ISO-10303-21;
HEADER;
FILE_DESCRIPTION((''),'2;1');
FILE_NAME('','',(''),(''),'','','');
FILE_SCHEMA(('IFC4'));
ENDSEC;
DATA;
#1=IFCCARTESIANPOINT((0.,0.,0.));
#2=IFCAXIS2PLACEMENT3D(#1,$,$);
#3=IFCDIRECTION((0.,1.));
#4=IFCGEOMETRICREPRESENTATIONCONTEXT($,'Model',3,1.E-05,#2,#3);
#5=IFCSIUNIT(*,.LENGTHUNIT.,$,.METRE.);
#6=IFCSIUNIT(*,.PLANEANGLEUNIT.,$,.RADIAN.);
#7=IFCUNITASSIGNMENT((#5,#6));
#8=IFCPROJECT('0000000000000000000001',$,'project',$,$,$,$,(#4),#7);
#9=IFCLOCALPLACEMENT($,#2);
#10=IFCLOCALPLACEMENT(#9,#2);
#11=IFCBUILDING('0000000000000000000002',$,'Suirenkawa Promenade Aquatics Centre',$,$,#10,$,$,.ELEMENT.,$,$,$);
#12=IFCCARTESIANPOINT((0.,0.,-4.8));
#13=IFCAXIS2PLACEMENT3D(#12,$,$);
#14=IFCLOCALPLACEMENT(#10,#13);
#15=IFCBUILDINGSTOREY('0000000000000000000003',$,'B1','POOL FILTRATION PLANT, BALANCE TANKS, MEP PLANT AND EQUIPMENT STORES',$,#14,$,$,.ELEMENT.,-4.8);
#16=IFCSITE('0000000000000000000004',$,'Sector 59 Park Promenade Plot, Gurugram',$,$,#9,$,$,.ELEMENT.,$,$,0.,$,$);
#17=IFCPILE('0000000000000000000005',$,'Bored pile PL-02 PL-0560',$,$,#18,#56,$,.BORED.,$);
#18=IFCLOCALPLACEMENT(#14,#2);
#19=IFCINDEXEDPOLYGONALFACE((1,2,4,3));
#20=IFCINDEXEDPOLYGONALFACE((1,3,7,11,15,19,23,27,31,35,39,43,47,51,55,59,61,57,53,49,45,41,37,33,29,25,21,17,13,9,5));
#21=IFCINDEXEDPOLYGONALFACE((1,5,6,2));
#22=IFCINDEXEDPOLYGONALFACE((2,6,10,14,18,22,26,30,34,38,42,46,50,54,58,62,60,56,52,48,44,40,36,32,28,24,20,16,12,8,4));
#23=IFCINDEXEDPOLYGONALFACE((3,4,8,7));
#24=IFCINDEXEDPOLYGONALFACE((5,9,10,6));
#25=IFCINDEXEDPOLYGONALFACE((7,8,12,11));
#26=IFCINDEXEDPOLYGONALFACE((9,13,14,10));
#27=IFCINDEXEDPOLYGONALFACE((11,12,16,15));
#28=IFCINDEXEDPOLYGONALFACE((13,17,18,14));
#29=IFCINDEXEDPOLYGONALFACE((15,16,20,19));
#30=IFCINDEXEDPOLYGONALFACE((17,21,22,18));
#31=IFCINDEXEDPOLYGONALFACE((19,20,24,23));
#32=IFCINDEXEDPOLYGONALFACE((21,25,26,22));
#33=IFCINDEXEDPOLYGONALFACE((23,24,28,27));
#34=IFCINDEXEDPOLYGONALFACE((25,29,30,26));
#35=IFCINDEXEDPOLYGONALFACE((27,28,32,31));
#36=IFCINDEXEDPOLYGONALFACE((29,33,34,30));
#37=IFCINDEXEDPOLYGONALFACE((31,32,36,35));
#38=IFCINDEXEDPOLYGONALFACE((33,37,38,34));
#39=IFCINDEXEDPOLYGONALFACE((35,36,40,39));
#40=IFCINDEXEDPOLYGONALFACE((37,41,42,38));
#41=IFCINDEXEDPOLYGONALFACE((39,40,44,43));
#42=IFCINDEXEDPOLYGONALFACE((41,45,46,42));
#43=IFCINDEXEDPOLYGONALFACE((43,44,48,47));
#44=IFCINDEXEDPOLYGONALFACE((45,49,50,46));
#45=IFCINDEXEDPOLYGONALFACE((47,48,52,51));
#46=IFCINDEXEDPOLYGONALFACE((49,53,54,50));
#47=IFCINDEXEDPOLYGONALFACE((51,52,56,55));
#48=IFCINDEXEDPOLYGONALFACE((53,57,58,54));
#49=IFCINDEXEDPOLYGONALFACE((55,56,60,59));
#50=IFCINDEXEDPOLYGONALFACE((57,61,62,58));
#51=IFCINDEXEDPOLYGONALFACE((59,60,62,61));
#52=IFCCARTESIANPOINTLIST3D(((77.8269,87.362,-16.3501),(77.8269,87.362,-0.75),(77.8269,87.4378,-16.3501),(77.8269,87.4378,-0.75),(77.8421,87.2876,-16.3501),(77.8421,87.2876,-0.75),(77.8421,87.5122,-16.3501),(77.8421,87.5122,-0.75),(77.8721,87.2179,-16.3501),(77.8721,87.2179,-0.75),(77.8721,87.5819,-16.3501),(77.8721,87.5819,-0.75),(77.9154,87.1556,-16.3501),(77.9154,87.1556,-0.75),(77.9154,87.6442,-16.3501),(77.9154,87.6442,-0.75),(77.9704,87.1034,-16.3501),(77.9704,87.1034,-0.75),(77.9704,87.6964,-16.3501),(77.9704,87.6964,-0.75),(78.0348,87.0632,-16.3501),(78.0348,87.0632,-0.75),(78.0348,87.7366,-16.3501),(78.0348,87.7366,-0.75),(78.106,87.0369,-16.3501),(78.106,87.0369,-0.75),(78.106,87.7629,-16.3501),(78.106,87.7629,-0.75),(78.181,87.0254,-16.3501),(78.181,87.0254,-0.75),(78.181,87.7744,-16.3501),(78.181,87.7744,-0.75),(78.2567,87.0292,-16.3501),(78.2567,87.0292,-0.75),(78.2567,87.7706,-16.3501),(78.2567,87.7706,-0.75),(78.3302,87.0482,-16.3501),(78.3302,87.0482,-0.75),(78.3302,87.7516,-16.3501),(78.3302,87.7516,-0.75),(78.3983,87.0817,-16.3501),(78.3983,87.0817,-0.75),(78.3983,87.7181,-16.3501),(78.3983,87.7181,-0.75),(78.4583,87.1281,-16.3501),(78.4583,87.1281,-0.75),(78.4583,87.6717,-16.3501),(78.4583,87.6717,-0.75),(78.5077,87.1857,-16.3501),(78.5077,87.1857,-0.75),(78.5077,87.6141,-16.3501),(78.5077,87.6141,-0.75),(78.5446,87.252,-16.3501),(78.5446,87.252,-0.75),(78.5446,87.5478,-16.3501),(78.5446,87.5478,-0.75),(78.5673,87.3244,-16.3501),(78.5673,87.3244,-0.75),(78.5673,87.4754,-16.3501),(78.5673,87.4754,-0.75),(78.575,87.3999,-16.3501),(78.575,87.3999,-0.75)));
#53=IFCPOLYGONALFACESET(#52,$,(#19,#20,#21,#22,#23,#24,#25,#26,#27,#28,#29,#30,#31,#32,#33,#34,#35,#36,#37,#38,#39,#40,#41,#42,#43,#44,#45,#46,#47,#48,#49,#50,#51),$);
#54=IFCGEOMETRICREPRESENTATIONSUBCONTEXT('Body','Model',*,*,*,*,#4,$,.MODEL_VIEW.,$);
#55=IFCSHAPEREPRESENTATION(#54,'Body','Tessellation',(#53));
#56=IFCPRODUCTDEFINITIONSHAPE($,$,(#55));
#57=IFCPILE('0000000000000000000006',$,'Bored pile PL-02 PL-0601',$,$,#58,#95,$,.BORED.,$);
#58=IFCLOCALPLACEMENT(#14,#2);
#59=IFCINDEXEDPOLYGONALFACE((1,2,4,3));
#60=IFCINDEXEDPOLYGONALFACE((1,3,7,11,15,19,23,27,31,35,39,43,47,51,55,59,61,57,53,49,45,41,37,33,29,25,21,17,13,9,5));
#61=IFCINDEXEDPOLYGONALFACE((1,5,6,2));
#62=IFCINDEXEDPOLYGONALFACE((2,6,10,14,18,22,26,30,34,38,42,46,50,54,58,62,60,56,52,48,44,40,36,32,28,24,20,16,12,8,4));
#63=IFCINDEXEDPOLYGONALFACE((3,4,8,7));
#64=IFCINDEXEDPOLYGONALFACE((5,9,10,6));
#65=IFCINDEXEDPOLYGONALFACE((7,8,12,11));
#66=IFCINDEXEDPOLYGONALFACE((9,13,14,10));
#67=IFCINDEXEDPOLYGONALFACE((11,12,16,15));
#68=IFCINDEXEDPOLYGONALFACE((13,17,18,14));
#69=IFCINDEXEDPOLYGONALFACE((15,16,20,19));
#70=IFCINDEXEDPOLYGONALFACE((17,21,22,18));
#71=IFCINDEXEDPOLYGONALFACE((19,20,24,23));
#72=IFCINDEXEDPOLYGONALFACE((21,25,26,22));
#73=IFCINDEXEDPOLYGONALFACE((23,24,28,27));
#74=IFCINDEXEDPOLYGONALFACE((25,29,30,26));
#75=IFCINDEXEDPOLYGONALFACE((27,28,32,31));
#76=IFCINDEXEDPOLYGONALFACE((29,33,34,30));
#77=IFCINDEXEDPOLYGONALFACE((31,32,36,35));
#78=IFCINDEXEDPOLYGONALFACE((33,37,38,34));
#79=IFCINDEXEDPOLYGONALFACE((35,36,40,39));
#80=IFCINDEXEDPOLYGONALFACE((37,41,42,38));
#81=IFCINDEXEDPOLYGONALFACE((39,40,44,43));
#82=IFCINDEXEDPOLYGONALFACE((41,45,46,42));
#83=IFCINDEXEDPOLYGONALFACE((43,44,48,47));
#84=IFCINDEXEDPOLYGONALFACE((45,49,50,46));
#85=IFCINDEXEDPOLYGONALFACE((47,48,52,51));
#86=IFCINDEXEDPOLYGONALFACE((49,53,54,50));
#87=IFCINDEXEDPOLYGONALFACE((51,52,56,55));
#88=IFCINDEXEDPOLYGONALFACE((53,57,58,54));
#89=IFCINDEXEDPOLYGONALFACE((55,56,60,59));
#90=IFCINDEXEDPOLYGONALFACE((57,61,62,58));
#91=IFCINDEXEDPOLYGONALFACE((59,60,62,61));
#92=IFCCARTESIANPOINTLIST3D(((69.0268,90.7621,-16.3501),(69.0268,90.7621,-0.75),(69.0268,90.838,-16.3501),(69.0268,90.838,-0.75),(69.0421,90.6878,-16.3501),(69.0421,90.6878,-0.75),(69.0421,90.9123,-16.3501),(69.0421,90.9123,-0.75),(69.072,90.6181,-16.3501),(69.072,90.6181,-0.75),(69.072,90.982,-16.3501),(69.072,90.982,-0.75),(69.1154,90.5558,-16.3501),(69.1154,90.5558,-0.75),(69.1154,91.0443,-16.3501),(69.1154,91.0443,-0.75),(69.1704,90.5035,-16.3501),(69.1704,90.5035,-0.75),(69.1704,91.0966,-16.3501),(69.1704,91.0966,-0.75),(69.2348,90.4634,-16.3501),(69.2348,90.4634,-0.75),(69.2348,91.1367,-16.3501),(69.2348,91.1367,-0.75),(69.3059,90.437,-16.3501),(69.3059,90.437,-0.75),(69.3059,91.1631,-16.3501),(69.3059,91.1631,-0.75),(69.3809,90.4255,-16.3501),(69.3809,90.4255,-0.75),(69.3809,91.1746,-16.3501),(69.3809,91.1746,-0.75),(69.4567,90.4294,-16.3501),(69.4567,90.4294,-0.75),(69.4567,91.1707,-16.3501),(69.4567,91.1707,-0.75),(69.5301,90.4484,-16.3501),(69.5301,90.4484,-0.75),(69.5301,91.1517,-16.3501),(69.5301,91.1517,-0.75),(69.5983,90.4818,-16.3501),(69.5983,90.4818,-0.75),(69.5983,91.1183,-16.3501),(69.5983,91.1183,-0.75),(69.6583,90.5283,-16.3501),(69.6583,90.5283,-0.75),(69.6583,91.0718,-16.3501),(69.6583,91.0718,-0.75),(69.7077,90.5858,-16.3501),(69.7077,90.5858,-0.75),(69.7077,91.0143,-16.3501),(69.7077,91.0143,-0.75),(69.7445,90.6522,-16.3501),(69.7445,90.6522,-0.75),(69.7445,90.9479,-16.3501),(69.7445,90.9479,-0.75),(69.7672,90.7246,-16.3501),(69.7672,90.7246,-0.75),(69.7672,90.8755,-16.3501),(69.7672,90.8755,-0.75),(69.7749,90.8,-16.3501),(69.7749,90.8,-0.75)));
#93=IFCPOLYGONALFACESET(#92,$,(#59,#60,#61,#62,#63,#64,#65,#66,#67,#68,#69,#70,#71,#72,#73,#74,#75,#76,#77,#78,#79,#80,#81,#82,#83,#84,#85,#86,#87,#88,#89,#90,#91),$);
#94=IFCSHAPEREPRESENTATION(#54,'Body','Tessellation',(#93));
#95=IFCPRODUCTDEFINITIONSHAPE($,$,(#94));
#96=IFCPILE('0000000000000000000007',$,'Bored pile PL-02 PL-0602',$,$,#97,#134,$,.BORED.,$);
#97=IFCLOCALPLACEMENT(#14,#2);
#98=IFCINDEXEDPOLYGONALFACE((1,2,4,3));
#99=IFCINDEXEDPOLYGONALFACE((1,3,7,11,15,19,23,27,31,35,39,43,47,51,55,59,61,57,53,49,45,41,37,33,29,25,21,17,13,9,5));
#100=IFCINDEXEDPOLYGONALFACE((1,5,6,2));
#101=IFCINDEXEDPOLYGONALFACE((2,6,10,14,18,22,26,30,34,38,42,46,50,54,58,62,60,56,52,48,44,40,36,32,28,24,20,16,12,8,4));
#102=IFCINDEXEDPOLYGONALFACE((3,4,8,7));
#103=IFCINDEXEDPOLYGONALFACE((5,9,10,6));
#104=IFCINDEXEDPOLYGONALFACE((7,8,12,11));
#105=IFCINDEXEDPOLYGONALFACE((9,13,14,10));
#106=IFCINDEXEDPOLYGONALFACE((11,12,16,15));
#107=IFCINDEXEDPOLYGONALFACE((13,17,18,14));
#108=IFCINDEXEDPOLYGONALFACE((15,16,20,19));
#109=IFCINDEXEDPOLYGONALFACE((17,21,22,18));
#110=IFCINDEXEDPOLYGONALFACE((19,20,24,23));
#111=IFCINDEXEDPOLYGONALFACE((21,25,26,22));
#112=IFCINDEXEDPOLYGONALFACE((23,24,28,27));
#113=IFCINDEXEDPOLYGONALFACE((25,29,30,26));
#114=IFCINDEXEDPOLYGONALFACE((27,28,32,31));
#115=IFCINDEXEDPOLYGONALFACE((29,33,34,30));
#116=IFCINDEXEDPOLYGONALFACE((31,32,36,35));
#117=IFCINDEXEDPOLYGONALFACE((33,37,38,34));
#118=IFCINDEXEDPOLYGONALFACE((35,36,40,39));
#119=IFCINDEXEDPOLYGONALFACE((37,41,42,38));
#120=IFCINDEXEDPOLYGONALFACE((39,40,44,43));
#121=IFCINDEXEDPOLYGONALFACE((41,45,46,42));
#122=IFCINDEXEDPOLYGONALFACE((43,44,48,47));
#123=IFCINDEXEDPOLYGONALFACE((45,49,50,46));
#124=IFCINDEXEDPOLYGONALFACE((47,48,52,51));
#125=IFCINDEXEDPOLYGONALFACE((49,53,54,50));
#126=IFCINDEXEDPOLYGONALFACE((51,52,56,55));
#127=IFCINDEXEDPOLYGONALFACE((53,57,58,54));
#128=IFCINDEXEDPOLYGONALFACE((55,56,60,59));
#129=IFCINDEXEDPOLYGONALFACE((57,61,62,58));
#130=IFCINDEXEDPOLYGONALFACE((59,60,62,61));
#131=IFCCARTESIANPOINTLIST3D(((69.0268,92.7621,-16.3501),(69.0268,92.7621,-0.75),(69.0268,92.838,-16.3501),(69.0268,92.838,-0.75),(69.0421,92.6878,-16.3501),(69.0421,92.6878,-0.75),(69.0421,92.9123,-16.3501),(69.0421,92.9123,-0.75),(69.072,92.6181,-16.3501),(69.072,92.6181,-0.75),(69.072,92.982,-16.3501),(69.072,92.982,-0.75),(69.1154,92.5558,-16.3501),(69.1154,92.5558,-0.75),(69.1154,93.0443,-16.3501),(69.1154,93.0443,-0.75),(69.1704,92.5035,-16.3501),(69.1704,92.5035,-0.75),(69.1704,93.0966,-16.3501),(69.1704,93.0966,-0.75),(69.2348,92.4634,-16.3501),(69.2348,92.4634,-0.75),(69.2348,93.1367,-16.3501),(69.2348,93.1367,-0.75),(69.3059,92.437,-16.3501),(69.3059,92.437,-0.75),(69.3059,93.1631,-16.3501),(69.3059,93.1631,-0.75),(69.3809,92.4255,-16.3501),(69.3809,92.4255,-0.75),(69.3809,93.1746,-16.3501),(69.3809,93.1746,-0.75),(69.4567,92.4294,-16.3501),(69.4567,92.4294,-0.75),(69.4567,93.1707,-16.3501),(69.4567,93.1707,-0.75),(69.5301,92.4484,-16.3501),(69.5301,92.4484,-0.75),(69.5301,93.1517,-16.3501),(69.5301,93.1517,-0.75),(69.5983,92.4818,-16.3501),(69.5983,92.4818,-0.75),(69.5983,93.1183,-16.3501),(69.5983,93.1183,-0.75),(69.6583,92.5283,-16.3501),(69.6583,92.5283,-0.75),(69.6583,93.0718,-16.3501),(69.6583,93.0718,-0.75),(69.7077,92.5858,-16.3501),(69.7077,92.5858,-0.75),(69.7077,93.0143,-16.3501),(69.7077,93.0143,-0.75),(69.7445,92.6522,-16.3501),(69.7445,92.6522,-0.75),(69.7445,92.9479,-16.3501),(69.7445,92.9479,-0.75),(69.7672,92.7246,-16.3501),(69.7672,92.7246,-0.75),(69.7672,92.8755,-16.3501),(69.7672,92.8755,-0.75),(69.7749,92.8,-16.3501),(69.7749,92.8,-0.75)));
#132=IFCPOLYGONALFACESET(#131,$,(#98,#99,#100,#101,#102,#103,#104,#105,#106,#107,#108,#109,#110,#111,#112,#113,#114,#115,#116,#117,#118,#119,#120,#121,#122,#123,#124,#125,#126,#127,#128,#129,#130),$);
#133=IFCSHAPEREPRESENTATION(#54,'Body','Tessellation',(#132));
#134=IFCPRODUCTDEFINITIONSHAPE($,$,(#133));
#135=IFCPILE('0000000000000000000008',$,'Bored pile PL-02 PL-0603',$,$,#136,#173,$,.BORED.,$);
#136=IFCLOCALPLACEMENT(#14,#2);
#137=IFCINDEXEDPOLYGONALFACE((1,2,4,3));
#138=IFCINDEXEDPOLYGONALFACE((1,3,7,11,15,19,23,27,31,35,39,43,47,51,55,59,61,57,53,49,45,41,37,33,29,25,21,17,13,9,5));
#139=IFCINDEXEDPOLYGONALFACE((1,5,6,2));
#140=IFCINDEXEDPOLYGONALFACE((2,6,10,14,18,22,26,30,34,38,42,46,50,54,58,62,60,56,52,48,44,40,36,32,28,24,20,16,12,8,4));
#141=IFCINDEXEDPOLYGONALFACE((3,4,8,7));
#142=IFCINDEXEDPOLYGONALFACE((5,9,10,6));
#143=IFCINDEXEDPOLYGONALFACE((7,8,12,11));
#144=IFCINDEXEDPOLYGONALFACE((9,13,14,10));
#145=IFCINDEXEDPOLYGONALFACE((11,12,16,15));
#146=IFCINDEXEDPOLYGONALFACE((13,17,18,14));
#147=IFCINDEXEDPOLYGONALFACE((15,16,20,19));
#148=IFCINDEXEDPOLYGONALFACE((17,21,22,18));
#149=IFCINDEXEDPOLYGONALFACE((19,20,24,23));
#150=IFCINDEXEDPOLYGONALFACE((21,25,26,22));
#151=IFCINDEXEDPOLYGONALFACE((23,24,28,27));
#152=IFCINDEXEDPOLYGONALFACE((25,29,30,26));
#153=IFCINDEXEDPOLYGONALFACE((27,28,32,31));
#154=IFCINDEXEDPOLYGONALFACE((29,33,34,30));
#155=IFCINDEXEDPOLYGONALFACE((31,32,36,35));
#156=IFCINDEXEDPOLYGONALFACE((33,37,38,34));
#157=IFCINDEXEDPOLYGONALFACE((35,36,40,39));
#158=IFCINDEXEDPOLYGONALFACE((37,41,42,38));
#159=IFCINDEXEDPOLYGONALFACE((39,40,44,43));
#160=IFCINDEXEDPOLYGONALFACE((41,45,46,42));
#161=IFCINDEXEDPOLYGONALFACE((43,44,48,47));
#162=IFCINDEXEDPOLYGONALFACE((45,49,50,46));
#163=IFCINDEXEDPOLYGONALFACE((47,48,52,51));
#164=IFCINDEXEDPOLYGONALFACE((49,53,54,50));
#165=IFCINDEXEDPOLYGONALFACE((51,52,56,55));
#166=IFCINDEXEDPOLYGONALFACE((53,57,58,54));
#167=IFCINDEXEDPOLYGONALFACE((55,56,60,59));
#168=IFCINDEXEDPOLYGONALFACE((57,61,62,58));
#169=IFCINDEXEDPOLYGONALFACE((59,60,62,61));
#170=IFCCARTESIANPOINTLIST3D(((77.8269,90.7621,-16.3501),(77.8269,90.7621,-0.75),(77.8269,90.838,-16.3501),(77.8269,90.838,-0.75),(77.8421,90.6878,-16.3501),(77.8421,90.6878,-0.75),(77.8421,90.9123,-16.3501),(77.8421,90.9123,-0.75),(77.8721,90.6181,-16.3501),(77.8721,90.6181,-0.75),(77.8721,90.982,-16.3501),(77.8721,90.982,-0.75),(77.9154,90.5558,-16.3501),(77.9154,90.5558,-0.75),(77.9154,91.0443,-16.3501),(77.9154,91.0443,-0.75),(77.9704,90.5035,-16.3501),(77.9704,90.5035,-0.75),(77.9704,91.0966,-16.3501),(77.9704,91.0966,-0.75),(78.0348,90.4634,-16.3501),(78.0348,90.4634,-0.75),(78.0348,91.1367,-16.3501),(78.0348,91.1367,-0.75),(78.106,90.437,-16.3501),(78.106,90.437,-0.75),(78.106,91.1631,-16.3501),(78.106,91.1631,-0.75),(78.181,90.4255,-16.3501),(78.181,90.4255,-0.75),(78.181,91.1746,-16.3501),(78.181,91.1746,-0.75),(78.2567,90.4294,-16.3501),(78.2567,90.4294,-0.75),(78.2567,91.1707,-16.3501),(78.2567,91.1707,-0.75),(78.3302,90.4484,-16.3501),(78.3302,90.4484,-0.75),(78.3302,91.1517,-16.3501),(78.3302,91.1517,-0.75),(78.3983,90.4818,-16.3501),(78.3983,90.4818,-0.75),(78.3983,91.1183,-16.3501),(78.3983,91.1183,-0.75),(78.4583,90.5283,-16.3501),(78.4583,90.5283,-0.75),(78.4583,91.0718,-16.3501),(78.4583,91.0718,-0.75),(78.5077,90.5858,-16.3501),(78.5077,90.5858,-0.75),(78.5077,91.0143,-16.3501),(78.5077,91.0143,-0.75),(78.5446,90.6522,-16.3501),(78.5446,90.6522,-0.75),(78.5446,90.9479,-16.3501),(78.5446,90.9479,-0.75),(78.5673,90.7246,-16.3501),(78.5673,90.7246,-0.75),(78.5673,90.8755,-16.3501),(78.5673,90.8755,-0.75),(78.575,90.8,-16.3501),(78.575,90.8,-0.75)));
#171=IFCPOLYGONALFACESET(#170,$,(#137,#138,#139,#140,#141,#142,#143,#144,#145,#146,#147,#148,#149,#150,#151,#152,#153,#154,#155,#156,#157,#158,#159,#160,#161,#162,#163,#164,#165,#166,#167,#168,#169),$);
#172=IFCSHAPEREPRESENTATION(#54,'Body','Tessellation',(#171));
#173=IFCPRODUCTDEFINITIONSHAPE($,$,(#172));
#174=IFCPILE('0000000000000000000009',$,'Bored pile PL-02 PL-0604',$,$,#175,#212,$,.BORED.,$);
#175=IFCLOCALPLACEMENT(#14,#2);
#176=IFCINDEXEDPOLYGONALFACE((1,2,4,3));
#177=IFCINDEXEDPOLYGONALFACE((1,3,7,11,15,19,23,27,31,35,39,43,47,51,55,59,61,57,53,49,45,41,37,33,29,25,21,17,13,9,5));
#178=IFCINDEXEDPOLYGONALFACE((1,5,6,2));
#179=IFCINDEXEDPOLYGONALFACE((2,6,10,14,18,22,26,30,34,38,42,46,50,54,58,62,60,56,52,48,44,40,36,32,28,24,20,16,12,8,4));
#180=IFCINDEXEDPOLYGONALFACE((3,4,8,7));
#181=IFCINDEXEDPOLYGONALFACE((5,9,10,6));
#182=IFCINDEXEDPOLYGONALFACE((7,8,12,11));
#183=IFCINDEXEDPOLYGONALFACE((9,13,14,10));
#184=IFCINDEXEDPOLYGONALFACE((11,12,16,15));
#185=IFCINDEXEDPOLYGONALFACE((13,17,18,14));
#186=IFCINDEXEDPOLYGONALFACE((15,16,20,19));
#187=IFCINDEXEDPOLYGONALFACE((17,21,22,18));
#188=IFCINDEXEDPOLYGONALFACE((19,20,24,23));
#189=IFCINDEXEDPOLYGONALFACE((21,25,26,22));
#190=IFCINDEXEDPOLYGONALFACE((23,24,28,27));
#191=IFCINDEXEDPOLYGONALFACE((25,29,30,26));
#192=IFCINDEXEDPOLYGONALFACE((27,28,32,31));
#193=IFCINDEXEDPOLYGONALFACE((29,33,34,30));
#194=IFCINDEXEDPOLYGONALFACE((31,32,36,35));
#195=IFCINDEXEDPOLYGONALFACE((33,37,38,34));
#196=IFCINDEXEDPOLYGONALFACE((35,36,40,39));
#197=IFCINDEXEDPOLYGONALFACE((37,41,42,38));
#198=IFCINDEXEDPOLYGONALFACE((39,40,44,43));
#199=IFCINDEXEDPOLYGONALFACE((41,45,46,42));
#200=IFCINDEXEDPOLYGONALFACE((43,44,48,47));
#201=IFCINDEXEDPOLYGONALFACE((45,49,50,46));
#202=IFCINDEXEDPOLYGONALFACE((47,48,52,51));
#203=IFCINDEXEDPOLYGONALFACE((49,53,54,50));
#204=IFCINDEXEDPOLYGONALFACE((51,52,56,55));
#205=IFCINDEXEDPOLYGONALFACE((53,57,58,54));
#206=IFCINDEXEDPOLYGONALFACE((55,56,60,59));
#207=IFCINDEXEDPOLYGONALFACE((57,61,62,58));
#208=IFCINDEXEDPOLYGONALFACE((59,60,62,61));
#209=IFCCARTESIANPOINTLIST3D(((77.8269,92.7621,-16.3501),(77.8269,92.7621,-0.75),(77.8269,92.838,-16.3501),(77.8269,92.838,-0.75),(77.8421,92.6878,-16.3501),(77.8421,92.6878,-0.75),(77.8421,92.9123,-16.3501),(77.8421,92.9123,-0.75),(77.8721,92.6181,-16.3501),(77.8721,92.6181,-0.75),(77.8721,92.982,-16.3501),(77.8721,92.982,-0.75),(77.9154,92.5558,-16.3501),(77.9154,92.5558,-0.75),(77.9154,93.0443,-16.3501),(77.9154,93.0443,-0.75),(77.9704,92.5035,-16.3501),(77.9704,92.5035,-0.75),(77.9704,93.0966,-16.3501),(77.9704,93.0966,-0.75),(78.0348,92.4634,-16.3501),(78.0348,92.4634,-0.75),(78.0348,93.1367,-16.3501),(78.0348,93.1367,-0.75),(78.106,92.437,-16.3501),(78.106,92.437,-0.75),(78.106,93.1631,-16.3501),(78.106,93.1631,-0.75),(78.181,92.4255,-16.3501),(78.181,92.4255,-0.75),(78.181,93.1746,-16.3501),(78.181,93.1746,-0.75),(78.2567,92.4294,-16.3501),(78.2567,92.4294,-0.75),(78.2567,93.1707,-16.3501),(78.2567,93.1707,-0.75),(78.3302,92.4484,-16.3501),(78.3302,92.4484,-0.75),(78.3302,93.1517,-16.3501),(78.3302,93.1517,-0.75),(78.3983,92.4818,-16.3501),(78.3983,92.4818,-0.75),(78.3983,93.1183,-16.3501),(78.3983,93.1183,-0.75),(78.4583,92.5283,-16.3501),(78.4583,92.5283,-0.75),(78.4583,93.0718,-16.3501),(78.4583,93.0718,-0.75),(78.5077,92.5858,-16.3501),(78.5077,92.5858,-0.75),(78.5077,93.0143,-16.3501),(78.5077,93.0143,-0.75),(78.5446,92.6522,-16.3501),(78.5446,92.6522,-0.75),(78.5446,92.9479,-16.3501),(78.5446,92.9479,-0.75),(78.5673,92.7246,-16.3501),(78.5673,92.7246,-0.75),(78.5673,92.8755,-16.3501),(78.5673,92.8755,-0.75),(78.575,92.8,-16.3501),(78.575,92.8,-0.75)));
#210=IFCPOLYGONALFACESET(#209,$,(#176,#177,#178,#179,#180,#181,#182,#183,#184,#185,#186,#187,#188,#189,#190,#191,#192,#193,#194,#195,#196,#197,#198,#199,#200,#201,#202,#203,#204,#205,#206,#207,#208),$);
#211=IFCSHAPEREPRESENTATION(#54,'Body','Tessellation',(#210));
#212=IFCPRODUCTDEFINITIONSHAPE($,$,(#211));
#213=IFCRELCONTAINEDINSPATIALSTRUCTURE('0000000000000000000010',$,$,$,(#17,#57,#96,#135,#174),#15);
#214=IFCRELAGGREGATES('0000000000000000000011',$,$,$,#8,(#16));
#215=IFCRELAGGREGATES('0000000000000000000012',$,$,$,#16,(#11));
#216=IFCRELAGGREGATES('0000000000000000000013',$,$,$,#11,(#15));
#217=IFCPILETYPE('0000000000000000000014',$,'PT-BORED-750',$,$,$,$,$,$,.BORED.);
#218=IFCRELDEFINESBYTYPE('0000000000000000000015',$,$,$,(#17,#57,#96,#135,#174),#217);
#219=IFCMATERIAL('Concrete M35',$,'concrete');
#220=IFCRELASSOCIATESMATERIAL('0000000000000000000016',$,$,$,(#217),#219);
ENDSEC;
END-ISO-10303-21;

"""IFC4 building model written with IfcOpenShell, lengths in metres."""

from ifc_helpers import new_model, si_unit, direction, frame, origin, origin_2d, place, context, subcontext, project, spatial, circle, extrude, material, material_profile, profile_set, type_object, element, save


model = new_model("IFC4")

# Units and contexts
model_context = context("Model", 3, precision=1e-05, world=origin(), true_north=direction((0.0, 1.0)))
body_context = subcontext(model_context, "Body", "Model", "MODEL_VIEW")
ifc_project = project(units=[si_unit("LENGTHUNIT", "METRE"), si_unit("PLANEANGLEUNIT", "RADIAN")], contexts=[model_context])

# Site, building, storey
site_placement = place(None, origin())
site = spatial("IfcSite", under=ifc_project, at=site_placement, Name="Sector 59 Park Promenade Plot, Gurugram", CompositionType="ELEMENT", RefElevation=0.0)
building_placement = place(site_placement, origin())
building = spatial("IfcBuilding", under=site, at=building_placement, Name="Suirenkawa Promenade Aquatics Centre", CompositionType="ELEMENT")
storey_placement = place(building_placement, frame((0.0, 0.0, -4.8)))
storey = spatial("IfcBuildingStorey", under=building, at=storey_placement, Name="B1", Description="POOL FILTRATION PLANT, BALANCE TANKS, MEP PLANT AND EQUIPMENT STORES", CompositionType="ELEMENT", Elevation=-4.8)

# Shared definitions
ifc_material_1 = material(Name="Concrete M35", Category="concrete")

# Piles
ifc_material_profile_1 = material_profile(ifc_material_1, circle(Radius=0.375, at=origin_2d()), Name="PILE D750", Category="concrete")
ifc_profile_set_1 = profile_set([ifc_material_profile_1], Name="Concrete M35")
pile_type_1 = type_object("IfcPileType", Name="PT-BORED-750", PredefinedType="BORED", material=ifc_profile_set_1)
for number, where, z_axis, x_axis, name in (
    (1, (78.2, 87.3999, -0.75), (0.0, 0.0, -1.0), (1.0, 0.0, 0.0), "Bored pile PL-02 PL-0560"),
    (2, (69.3999, 90.8, -0.75), (0.0, 0.0, -1.0), (1.0, 0.0, 0.0), "Bored pile PL-02 PL-0601"),
    (3, (69.3999, 92.8, -0.75), (0.0, 0.0, -1.0), (1.0, 0.0, 0.0), "Bored pile PL-02 PL-0602"),
    (4, (78.2, 90.8, -0.75), (0.0, 0.0, -1.0), (1.0, 0.0, 0.0), "Bored pile PL-02 PL-0603"),
    (5, (78.2, 92.8, -0.75), (0.0, 0.0, -1.0), (1.0, 0.0, 0.0), "Bored pile PL-02 PL-0604"),
):
    element("IfcPile", number, at=place(storey_placement, frame(where, z_axis=z_axis, x_axis=x_axis)), inside=storey, type_object=pile_type_1, Name=name, PredefinedType="BORED", context=body_context, shape_type="SweptSolid", body=[
        extrude(circle(Radius=0.375, at=origin_2d()), origin(), (0.0, 0.0, 1.0), 15.6001),
    ])

save(model, "model.ifc")
